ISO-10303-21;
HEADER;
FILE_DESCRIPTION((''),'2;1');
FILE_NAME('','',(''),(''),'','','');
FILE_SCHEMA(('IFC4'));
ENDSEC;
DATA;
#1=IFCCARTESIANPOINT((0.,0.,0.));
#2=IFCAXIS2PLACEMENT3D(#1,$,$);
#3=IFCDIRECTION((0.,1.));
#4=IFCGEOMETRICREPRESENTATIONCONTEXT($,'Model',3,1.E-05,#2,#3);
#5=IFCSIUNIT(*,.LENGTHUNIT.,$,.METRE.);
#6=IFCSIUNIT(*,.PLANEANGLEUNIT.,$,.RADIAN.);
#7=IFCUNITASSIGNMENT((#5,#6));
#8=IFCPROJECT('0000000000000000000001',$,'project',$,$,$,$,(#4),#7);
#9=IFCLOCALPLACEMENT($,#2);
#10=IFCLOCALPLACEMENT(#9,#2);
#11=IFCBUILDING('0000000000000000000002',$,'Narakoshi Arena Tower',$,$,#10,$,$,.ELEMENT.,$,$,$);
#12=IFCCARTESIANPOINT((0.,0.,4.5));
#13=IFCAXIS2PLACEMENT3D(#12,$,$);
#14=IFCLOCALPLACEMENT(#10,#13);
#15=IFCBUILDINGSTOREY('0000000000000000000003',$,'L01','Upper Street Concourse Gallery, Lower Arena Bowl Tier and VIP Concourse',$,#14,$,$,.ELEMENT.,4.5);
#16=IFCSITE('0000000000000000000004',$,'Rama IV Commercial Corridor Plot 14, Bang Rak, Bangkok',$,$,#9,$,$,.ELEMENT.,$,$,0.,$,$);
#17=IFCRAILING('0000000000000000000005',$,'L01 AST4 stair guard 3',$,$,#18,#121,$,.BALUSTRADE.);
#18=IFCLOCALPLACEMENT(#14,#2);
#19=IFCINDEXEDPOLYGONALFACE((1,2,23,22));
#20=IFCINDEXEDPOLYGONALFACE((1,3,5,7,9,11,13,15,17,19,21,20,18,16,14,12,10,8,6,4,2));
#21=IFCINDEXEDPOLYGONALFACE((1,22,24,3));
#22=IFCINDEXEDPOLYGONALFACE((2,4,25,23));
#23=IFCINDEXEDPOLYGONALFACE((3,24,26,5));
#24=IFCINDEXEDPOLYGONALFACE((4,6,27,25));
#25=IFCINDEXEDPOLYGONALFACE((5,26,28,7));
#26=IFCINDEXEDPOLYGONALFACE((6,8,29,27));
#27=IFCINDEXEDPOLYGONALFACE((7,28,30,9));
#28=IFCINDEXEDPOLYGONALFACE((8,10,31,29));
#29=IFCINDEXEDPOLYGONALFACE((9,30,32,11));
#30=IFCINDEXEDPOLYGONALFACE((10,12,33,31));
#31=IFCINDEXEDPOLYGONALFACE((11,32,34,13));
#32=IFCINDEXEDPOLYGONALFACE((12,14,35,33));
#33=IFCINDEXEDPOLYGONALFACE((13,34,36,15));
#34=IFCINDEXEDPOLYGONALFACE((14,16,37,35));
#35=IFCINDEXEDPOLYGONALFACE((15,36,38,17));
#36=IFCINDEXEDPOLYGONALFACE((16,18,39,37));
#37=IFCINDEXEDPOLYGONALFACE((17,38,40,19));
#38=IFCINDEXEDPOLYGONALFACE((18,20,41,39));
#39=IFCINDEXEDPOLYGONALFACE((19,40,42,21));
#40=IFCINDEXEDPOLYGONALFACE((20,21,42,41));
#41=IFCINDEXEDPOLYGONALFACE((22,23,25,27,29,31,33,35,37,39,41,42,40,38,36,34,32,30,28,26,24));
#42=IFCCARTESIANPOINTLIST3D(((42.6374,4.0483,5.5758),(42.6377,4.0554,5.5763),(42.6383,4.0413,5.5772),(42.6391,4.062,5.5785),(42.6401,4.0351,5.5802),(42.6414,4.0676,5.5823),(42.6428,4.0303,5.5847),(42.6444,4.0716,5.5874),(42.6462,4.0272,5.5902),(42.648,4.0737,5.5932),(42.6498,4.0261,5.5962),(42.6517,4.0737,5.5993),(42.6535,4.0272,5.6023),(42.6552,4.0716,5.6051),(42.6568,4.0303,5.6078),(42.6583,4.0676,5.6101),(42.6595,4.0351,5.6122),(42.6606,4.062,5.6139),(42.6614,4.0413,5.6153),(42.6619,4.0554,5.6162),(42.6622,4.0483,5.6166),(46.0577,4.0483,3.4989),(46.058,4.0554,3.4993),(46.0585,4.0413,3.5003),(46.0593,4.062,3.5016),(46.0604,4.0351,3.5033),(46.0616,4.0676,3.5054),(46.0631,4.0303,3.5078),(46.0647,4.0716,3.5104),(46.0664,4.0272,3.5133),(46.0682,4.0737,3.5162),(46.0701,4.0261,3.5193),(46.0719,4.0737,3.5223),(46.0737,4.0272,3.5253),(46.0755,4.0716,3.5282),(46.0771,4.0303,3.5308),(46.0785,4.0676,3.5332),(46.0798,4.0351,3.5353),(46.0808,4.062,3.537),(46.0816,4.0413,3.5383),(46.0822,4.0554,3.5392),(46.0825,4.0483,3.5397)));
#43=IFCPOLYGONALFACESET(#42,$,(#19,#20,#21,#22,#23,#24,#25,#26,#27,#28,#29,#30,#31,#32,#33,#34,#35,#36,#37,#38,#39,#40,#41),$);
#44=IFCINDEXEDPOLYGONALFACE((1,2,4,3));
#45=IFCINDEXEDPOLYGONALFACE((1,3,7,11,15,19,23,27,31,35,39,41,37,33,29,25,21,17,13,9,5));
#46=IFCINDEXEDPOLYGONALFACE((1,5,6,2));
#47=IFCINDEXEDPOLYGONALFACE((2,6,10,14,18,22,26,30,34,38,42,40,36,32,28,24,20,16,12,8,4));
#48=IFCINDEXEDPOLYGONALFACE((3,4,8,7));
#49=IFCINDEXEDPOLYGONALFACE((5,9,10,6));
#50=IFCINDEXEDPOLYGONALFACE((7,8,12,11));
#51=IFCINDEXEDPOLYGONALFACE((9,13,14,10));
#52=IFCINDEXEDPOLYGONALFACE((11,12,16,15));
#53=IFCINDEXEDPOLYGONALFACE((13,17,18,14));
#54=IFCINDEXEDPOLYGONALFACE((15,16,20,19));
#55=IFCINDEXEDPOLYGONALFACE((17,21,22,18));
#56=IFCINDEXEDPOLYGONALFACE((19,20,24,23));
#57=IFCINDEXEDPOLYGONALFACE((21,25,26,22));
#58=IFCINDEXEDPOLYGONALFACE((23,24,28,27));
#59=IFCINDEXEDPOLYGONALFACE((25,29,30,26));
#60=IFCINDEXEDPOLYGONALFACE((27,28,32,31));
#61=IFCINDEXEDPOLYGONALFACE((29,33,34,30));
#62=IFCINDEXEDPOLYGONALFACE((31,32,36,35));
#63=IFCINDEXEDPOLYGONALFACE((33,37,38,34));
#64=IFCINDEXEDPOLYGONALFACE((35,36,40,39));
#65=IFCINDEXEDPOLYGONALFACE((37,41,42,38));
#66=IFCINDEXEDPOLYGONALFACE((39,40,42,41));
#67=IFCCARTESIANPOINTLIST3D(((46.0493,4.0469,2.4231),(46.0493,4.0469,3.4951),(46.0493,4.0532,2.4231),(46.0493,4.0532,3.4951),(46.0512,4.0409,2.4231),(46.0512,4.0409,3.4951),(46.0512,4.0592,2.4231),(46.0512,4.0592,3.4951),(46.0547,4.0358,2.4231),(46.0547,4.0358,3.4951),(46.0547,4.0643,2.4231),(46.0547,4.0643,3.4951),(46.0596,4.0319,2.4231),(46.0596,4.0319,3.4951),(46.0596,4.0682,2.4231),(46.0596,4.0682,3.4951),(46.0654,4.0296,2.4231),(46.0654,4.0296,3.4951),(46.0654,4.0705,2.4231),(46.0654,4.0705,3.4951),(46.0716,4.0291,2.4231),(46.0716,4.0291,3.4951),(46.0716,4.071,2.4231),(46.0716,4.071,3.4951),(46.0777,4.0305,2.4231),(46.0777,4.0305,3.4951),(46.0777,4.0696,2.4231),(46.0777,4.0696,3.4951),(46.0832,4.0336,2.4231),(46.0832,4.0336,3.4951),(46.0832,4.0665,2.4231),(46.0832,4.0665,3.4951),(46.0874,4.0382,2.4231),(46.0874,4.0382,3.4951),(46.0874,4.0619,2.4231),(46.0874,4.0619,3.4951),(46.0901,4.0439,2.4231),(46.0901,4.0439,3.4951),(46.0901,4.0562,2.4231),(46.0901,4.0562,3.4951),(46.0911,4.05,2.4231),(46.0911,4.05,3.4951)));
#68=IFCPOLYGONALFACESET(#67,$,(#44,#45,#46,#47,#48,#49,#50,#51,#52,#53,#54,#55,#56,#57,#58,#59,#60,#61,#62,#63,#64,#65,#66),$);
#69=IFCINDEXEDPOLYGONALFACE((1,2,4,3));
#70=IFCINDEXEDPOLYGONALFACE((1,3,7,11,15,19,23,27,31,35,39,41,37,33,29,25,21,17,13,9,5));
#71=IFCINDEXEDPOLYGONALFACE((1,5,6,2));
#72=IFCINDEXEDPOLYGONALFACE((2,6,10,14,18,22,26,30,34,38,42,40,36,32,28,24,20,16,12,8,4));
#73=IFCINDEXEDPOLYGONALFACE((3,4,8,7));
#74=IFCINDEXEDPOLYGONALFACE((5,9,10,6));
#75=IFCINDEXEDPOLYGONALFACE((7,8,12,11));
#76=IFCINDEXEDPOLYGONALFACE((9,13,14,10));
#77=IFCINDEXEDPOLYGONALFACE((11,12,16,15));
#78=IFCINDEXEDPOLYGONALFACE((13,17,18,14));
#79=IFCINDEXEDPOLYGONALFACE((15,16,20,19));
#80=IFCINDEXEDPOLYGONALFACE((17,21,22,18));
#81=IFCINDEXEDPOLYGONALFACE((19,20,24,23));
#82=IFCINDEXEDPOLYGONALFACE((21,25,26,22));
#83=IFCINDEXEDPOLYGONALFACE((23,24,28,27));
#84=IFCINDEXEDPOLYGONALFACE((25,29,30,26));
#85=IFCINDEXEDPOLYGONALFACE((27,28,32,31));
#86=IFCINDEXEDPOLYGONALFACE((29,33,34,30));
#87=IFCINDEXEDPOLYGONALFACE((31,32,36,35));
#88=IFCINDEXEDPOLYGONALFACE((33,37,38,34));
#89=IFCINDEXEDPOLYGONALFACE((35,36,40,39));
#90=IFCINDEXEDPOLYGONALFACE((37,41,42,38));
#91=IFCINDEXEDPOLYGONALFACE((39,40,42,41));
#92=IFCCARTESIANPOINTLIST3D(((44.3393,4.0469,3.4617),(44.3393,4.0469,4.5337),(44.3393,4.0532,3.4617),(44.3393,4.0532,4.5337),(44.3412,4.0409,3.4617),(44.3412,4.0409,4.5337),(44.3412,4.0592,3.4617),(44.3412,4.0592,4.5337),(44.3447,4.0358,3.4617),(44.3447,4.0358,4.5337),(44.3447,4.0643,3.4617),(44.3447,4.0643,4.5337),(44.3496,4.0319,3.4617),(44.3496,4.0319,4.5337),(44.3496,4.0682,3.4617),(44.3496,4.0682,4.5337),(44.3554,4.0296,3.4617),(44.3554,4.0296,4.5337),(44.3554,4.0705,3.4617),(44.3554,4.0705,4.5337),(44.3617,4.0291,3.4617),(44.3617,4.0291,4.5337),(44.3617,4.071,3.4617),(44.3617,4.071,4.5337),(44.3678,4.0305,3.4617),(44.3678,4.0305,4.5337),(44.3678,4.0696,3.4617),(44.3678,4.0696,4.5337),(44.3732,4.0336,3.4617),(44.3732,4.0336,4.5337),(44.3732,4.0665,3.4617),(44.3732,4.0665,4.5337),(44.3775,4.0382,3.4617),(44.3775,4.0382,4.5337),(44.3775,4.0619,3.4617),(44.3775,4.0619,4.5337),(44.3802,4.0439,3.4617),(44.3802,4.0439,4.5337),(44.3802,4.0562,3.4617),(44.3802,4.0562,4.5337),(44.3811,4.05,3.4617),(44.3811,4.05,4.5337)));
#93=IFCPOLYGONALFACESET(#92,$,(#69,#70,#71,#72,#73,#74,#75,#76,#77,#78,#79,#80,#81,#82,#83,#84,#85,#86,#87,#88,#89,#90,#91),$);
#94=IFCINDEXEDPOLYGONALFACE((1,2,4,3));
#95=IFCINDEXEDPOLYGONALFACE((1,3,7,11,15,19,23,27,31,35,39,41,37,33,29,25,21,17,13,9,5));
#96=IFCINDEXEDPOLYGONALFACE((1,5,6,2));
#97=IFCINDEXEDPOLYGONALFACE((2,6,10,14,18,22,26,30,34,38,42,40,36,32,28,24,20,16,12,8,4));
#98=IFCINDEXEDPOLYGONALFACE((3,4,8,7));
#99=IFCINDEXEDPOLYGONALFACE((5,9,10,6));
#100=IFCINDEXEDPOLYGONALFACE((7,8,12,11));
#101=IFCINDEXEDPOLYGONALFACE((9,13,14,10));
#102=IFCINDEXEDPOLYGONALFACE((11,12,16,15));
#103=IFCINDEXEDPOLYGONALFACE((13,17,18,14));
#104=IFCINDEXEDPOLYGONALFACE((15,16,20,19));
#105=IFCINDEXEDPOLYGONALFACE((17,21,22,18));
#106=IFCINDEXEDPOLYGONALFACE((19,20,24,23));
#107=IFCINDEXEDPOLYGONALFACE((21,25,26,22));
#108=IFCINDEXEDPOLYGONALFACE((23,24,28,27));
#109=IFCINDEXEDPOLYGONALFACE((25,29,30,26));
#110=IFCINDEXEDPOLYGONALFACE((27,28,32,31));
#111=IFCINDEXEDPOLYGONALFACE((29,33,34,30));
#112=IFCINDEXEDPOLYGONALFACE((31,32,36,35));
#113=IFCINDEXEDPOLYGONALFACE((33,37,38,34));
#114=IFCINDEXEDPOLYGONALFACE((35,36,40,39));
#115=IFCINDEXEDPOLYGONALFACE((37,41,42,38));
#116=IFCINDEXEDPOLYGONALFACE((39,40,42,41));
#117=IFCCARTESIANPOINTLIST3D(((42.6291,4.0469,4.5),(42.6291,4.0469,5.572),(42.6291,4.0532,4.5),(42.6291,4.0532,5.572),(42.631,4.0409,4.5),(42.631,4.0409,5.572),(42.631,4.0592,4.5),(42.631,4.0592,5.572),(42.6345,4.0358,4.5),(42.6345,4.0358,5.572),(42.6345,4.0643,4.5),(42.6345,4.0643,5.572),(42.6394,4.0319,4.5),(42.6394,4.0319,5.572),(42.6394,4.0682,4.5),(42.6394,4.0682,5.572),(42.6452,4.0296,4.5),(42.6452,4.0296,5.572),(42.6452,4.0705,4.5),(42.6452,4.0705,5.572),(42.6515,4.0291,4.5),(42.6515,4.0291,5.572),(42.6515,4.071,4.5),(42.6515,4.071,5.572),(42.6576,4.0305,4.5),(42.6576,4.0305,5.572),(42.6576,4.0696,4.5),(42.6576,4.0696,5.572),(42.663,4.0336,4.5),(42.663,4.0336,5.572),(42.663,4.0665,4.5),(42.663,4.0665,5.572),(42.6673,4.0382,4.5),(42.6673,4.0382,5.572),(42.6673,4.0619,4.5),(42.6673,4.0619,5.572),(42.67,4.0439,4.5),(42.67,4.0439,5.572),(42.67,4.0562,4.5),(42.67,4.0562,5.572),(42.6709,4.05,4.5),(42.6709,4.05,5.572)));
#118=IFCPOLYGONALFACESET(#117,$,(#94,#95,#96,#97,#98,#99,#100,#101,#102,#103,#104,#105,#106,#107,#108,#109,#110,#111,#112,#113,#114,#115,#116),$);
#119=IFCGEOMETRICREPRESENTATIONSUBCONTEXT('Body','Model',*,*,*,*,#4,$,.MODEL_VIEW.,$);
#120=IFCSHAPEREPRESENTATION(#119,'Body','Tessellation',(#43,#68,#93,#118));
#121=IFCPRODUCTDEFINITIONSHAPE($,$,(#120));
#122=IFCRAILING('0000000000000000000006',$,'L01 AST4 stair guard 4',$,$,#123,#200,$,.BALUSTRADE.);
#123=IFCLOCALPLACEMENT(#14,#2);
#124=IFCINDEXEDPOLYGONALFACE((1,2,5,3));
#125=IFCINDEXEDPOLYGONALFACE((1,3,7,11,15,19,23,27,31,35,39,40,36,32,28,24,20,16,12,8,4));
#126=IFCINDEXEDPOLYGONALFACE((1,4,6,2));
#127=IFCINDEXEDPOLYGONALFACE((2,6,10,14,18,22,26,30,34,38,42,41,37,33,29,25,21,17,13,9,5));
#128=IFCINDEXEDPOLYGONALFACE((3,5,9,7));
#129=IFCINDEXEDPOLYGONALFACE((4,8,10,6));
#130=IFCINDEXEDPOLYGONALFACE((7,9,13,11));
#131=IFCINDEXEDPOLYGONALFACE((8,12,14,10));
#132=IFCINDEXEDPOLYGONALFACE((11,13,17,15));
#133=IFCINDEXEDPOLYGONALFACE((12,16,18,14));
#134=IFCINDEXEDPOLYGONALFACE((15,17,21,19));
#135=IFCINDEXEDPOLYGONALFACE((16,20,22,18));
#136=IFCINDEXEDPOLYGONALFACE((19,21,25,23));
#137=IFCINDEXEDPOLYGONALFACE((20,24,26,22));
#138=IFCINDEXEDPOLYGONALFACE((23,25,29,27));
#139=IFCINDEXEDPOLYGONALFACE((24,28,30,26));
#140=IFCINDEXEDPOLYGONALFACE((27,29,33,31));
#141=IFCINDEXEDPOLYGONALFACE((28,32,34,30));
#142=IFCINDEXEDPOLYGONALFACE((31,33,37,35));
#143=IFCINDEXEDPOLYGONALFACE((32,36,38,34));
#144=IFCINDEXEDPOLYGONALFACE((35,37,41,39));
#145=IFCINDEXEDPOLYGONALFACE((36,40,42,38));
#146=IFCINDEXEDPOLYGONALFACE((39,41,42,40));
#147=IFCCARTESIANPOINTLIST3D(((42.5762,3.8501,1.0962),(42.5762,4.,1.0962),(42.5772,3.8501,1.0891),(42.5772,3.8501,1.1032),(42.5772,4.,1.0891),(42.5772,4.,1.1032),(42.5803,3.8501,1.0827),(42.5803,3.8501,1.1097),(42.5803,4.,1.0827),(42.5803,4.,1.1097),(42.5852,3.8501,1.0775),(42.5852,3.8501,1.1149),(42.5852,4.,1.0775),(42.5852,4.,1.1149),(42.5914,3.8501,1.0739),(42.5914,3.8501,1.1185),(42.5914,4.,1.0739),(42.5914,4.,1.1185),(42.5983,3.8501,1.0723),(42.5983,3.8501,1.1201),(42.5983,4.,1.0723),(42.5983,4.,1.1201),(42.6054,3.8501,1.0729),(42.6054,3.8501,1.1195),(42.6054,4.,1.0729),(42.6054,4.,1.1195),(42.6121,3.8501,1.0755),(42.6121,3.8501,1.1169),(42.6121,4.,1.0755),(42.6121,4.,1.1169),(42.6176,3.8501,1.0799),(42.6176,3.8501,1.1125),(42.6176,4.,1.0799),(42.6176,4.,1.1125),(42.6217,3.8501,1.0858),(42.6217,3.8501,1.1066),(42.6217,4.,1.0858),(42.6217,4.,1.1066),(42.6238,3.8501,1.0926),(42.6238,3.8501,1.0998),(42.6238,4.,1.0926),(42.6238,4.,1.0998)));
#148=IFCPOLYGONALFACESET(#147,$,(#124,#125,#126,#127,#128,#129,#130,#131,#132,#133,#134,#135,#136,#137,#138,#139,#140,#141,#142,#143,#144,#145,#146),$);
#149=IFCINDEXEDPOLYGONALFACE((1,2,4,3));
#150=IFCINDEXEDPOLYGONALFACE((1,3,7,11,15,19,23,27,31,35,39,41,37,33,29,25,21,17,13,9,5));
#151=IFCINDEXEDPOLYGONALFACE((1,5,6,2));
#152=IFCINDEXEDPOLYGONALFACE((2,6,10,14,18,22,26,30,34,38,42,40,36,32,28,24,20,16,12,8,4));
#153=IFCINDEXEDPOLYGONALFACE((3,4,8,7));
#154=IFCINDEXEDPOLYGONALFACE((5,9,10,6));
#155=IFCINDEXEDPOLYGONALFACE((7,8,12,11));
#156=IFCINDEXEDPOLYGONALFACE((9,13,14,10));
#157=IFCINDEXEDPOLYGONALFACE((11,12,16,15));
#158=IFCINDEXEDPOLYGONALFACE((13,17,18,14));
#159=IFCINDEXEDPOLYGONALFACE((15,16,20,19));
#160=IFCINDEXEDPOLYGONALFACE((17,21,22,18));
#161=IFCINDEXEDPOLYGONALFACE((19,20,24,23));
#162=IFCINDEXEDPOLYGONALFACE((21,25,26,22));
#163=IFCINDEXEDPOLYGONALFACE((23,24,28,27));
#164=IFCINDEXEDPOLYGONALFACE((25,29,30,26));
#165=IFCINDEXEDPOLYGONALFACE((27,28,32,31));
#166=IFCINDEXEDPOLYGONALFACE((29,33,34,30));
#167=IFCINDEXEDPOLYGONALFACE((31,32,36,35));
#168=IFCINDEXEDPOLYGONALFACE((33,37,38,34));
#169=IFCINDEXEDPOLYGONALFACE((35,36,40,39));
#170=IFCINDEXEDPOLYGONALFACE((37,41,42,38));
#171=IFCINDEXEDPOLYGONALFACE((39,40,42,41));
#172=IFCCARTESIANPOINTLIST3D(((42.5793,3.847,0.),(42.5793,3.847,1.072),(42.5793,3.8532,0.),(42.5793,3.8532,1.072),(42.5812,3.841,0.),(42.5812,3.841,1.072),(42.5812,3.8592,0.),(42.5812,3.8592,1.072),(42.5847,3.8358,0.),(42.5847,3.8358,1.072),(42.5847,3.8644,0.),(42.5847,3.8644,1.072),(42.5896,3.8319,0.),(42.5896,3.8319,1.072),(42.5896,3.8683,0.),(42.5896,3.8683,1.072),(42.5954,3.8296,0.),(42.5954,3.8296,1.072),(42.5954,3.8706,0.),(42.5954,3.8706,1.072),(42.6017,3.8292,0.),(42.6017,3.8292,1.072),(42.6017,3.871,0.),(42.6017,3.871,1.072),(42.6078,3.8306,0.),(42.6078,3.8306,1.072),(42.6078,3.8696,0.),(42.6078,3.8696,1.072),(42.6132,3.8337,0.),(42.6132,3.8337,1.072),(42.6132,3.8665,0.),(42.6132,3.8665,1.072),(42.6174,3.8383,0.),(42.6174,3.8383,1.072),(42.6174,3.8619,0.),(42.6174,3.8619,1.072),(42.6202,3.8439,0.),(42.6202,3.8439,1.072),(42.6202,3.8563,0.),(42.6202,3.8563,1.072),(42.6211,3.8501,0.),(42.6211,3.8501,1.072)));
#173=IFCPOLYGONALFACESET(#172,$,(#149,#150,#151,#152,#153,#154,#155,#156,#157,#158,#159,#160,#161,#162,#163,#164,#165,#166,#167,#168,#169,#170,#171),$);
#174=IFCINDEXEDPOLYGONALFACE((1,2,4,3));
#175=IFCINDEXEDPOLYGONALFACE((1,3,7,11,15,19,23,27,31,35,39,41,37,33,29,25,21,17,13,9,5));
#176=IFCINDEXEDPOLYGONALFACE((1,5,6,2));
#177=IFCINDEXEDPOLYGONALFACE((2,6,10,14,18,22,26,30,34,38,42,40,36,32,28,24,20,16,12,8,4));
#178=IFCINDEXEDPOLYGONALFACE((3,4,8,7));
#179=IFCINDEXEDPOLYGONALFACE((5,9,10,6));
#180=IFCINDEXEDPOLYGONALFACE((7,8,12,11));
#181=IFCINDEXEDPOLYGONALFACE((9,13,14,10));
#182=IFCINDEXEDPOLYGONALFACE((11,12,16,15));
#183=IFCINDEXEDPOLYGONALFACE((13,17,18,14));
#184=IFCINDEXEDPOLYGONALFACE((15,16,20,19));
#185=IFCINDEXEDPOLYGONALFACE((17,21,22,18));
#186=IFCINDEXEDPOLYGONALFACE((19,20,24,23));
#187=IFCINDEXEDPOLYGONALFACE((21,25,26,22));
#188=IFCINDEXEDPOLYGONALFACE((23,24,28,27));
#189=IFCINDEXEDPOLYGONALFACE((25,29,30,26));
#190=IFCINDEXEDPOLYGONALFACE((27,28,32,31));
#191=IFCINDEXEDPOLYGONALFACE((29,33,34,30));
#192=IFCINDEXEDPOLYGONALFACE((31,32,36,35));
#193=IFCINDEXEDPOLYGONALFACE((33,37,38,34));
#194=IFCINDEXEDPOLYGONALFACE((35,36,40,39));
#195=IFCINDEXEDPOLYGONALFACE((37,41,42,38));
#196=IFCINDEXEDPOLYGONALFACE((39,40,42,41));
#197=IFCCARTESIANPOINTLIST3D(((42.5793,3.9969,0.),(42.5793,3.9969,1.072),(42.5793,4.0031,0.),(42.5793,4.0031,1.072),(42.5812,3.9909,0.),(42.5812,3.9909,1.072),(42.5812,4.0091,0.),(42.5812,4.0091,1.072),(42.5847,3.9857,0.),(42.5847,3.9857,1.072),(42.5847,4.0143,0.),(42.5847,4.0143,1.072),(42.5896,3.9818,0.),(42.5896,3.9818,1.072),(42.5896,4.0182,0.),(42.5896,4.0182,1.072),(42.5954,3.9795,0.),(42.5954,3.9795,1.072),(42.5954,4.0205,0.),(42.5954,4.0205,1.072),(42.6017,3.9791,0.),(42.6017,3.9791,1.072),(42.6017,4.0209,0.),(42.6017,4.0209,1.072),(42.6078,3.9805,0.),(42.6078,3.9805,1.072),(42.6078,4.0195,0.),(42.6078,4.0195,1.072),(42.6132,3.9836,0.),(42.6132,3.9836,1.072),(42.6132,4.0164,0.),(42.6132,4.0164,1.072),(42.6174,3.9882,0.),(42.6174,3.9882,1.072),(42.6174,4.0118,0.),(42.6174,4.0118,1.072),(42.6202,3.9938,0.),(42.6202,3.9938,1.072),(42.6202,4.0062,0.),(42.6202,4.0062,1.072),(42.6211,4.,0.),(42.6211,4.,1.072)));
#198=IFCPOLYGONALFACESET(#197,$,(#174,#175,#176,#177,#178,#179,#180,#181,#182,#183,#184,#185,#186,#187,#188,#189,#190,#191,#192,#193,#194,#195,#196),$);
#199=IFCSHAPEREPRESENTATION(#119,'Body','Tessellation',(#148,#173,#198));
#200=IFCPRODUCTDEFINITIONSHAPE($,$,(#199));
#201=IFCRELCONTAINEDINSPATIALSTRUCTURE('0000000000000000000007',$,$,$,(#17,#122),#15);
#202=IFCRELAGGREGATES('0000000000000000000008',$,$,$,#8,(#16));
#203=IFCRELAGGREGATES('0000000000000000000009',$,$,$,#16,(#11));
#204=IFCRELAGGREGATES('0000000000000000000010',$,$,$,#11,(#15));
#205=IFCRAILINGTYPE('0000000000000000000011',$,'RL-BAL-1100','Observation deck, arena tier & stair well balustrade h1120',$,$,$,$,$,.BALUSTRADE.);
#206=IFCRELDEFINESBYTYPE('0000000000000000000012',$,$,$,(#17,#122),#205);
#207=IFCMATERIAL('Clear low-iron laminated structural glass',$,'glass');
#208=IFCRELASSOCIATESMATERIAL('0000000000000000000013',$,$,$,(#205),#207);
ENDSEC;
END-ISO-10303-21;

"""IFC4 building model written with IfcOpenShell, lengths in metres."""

from ifc_helpers import new_model, si_unit, direction, frame, origin, origin_2d, place, context, subcontext, project, spatial, circle, extrude, material, type_object, element, save


model = new_model("IFC4")

# Units and contexts
model_context = context("Model", 3, precision=1e-05, world=origin(), true_north=direction((0.0, 1.0)))
body_context = subcontext(model_context, "Body", "Model", "MODEL_VIEW")
ifc_project = project(units=[si_unit("LENGTHUNIT", "METRE"), si_unit("PLANEANGLEUNIT", "RADIAN")], contexts=[model_context])

# Site, building, storey
site_placement = place(None, origin())
site = spatial("IfcSite", under=ifc_project, at=site_placement, Name="Rama IV Commercial Corridor Plot 14, Bang Rak, Bangkok", CompositionType="ELEMENT", RefElevation=0.0)
building_placement = place(site_placement, origin())
building = spatial("IfcBuilding", under=site, at=building_placement, Name="Narakoshi Arena Tower", CompositionType="ELEMENT")
storey_placement = place(building_placement, frame((0.0, 0.0, 4.5)))
storey = spatial("IfcBuildingStorey", under=building, at=storey_placement, Name="L01", Description="Upper Street Concourse Gallery, Lower Arena Bowl Tier and VIP Concourse", CompositionType="ELEMENT", Elevation=4.5)

# Railings
ifc_material_1 = material(Name="Clear low-iron laminated structural glass", Category="glass")
railing_type_1 = type_object("IfcRailingType", Name="RL-BAL-1100", Description="Observation deck, arena tier & stair well balustrade h1120", PredefinedType="BALUSTRADE", material=ifc_material_1)
railing_1_placement = place(storey_placement, frame((46.0701, 4.05, 2.4231)))
element("IfcRailing", 1, at=railing_1_placement, inside=storey, type_object=railing_type_1, Name="L01 AST4 stair guard 3", PredefinedType="BALUSTRADE", context=body_context, shape_type="SweptSolid", body=[
    extrude(circle(Radius=0.0239, at=origin_2d()), frame((0.0, 0.0, 1.0962), z_axis=(-0.854746, 0.0, 0.519047), x_axis=(0.0, -1.0, 0.0)), (0.0, 0.0, 1.0), 4.0015),
    extrude(circle(Radius=0.021, at=origin_2d()), origin(), (0.0, 0.0, 1.0), 1.072),
    extrude(circle(Radius=0.021, at=origin_2d()), frame((-1.71, 0.0, 1.0386)), (0.0, 0.0, 1.0), 1.072),
    extrude(circle(Radius=0.021, at=origin_2d()), frame((-3.4202, 0.0, 2.0769)), (0.0, 0.0, 1.0), 1.072),
])
railing_2_placement = place(storey_placement, frame((42.6001, 3.8501, 0.0)))
element("IfcRailing", 2, at=railing_2_placement, inside=storey, type_object=railing_type_1, Name="L01 AST4 stair guard 4", PredefinedType="BALUSTRADE", context=body_context, shape_type="SweptSolid", body=[
    extrude(circle(Radius=0.0239, at=origin_2d()), frame((0.0, 0.0, 1.0962), z_axis=(0.0, 1.0, 0.0), x_axis=(-1.0, 0.0, 0.0)), (0.0, 0.0, 1.0), 0.1499),
    extrude(circle(Radius=0.021, at=origin_2d()), origin(), (0.0, 0.0, 1.0), 1.072),
    extrude(circle(Radius=0.021, at=origin_2d()), frame((0.0, 0.1499, 0.0)), (0.0, 0.0, 1.0), 1.072),
])

save(model, "model.ifc")
